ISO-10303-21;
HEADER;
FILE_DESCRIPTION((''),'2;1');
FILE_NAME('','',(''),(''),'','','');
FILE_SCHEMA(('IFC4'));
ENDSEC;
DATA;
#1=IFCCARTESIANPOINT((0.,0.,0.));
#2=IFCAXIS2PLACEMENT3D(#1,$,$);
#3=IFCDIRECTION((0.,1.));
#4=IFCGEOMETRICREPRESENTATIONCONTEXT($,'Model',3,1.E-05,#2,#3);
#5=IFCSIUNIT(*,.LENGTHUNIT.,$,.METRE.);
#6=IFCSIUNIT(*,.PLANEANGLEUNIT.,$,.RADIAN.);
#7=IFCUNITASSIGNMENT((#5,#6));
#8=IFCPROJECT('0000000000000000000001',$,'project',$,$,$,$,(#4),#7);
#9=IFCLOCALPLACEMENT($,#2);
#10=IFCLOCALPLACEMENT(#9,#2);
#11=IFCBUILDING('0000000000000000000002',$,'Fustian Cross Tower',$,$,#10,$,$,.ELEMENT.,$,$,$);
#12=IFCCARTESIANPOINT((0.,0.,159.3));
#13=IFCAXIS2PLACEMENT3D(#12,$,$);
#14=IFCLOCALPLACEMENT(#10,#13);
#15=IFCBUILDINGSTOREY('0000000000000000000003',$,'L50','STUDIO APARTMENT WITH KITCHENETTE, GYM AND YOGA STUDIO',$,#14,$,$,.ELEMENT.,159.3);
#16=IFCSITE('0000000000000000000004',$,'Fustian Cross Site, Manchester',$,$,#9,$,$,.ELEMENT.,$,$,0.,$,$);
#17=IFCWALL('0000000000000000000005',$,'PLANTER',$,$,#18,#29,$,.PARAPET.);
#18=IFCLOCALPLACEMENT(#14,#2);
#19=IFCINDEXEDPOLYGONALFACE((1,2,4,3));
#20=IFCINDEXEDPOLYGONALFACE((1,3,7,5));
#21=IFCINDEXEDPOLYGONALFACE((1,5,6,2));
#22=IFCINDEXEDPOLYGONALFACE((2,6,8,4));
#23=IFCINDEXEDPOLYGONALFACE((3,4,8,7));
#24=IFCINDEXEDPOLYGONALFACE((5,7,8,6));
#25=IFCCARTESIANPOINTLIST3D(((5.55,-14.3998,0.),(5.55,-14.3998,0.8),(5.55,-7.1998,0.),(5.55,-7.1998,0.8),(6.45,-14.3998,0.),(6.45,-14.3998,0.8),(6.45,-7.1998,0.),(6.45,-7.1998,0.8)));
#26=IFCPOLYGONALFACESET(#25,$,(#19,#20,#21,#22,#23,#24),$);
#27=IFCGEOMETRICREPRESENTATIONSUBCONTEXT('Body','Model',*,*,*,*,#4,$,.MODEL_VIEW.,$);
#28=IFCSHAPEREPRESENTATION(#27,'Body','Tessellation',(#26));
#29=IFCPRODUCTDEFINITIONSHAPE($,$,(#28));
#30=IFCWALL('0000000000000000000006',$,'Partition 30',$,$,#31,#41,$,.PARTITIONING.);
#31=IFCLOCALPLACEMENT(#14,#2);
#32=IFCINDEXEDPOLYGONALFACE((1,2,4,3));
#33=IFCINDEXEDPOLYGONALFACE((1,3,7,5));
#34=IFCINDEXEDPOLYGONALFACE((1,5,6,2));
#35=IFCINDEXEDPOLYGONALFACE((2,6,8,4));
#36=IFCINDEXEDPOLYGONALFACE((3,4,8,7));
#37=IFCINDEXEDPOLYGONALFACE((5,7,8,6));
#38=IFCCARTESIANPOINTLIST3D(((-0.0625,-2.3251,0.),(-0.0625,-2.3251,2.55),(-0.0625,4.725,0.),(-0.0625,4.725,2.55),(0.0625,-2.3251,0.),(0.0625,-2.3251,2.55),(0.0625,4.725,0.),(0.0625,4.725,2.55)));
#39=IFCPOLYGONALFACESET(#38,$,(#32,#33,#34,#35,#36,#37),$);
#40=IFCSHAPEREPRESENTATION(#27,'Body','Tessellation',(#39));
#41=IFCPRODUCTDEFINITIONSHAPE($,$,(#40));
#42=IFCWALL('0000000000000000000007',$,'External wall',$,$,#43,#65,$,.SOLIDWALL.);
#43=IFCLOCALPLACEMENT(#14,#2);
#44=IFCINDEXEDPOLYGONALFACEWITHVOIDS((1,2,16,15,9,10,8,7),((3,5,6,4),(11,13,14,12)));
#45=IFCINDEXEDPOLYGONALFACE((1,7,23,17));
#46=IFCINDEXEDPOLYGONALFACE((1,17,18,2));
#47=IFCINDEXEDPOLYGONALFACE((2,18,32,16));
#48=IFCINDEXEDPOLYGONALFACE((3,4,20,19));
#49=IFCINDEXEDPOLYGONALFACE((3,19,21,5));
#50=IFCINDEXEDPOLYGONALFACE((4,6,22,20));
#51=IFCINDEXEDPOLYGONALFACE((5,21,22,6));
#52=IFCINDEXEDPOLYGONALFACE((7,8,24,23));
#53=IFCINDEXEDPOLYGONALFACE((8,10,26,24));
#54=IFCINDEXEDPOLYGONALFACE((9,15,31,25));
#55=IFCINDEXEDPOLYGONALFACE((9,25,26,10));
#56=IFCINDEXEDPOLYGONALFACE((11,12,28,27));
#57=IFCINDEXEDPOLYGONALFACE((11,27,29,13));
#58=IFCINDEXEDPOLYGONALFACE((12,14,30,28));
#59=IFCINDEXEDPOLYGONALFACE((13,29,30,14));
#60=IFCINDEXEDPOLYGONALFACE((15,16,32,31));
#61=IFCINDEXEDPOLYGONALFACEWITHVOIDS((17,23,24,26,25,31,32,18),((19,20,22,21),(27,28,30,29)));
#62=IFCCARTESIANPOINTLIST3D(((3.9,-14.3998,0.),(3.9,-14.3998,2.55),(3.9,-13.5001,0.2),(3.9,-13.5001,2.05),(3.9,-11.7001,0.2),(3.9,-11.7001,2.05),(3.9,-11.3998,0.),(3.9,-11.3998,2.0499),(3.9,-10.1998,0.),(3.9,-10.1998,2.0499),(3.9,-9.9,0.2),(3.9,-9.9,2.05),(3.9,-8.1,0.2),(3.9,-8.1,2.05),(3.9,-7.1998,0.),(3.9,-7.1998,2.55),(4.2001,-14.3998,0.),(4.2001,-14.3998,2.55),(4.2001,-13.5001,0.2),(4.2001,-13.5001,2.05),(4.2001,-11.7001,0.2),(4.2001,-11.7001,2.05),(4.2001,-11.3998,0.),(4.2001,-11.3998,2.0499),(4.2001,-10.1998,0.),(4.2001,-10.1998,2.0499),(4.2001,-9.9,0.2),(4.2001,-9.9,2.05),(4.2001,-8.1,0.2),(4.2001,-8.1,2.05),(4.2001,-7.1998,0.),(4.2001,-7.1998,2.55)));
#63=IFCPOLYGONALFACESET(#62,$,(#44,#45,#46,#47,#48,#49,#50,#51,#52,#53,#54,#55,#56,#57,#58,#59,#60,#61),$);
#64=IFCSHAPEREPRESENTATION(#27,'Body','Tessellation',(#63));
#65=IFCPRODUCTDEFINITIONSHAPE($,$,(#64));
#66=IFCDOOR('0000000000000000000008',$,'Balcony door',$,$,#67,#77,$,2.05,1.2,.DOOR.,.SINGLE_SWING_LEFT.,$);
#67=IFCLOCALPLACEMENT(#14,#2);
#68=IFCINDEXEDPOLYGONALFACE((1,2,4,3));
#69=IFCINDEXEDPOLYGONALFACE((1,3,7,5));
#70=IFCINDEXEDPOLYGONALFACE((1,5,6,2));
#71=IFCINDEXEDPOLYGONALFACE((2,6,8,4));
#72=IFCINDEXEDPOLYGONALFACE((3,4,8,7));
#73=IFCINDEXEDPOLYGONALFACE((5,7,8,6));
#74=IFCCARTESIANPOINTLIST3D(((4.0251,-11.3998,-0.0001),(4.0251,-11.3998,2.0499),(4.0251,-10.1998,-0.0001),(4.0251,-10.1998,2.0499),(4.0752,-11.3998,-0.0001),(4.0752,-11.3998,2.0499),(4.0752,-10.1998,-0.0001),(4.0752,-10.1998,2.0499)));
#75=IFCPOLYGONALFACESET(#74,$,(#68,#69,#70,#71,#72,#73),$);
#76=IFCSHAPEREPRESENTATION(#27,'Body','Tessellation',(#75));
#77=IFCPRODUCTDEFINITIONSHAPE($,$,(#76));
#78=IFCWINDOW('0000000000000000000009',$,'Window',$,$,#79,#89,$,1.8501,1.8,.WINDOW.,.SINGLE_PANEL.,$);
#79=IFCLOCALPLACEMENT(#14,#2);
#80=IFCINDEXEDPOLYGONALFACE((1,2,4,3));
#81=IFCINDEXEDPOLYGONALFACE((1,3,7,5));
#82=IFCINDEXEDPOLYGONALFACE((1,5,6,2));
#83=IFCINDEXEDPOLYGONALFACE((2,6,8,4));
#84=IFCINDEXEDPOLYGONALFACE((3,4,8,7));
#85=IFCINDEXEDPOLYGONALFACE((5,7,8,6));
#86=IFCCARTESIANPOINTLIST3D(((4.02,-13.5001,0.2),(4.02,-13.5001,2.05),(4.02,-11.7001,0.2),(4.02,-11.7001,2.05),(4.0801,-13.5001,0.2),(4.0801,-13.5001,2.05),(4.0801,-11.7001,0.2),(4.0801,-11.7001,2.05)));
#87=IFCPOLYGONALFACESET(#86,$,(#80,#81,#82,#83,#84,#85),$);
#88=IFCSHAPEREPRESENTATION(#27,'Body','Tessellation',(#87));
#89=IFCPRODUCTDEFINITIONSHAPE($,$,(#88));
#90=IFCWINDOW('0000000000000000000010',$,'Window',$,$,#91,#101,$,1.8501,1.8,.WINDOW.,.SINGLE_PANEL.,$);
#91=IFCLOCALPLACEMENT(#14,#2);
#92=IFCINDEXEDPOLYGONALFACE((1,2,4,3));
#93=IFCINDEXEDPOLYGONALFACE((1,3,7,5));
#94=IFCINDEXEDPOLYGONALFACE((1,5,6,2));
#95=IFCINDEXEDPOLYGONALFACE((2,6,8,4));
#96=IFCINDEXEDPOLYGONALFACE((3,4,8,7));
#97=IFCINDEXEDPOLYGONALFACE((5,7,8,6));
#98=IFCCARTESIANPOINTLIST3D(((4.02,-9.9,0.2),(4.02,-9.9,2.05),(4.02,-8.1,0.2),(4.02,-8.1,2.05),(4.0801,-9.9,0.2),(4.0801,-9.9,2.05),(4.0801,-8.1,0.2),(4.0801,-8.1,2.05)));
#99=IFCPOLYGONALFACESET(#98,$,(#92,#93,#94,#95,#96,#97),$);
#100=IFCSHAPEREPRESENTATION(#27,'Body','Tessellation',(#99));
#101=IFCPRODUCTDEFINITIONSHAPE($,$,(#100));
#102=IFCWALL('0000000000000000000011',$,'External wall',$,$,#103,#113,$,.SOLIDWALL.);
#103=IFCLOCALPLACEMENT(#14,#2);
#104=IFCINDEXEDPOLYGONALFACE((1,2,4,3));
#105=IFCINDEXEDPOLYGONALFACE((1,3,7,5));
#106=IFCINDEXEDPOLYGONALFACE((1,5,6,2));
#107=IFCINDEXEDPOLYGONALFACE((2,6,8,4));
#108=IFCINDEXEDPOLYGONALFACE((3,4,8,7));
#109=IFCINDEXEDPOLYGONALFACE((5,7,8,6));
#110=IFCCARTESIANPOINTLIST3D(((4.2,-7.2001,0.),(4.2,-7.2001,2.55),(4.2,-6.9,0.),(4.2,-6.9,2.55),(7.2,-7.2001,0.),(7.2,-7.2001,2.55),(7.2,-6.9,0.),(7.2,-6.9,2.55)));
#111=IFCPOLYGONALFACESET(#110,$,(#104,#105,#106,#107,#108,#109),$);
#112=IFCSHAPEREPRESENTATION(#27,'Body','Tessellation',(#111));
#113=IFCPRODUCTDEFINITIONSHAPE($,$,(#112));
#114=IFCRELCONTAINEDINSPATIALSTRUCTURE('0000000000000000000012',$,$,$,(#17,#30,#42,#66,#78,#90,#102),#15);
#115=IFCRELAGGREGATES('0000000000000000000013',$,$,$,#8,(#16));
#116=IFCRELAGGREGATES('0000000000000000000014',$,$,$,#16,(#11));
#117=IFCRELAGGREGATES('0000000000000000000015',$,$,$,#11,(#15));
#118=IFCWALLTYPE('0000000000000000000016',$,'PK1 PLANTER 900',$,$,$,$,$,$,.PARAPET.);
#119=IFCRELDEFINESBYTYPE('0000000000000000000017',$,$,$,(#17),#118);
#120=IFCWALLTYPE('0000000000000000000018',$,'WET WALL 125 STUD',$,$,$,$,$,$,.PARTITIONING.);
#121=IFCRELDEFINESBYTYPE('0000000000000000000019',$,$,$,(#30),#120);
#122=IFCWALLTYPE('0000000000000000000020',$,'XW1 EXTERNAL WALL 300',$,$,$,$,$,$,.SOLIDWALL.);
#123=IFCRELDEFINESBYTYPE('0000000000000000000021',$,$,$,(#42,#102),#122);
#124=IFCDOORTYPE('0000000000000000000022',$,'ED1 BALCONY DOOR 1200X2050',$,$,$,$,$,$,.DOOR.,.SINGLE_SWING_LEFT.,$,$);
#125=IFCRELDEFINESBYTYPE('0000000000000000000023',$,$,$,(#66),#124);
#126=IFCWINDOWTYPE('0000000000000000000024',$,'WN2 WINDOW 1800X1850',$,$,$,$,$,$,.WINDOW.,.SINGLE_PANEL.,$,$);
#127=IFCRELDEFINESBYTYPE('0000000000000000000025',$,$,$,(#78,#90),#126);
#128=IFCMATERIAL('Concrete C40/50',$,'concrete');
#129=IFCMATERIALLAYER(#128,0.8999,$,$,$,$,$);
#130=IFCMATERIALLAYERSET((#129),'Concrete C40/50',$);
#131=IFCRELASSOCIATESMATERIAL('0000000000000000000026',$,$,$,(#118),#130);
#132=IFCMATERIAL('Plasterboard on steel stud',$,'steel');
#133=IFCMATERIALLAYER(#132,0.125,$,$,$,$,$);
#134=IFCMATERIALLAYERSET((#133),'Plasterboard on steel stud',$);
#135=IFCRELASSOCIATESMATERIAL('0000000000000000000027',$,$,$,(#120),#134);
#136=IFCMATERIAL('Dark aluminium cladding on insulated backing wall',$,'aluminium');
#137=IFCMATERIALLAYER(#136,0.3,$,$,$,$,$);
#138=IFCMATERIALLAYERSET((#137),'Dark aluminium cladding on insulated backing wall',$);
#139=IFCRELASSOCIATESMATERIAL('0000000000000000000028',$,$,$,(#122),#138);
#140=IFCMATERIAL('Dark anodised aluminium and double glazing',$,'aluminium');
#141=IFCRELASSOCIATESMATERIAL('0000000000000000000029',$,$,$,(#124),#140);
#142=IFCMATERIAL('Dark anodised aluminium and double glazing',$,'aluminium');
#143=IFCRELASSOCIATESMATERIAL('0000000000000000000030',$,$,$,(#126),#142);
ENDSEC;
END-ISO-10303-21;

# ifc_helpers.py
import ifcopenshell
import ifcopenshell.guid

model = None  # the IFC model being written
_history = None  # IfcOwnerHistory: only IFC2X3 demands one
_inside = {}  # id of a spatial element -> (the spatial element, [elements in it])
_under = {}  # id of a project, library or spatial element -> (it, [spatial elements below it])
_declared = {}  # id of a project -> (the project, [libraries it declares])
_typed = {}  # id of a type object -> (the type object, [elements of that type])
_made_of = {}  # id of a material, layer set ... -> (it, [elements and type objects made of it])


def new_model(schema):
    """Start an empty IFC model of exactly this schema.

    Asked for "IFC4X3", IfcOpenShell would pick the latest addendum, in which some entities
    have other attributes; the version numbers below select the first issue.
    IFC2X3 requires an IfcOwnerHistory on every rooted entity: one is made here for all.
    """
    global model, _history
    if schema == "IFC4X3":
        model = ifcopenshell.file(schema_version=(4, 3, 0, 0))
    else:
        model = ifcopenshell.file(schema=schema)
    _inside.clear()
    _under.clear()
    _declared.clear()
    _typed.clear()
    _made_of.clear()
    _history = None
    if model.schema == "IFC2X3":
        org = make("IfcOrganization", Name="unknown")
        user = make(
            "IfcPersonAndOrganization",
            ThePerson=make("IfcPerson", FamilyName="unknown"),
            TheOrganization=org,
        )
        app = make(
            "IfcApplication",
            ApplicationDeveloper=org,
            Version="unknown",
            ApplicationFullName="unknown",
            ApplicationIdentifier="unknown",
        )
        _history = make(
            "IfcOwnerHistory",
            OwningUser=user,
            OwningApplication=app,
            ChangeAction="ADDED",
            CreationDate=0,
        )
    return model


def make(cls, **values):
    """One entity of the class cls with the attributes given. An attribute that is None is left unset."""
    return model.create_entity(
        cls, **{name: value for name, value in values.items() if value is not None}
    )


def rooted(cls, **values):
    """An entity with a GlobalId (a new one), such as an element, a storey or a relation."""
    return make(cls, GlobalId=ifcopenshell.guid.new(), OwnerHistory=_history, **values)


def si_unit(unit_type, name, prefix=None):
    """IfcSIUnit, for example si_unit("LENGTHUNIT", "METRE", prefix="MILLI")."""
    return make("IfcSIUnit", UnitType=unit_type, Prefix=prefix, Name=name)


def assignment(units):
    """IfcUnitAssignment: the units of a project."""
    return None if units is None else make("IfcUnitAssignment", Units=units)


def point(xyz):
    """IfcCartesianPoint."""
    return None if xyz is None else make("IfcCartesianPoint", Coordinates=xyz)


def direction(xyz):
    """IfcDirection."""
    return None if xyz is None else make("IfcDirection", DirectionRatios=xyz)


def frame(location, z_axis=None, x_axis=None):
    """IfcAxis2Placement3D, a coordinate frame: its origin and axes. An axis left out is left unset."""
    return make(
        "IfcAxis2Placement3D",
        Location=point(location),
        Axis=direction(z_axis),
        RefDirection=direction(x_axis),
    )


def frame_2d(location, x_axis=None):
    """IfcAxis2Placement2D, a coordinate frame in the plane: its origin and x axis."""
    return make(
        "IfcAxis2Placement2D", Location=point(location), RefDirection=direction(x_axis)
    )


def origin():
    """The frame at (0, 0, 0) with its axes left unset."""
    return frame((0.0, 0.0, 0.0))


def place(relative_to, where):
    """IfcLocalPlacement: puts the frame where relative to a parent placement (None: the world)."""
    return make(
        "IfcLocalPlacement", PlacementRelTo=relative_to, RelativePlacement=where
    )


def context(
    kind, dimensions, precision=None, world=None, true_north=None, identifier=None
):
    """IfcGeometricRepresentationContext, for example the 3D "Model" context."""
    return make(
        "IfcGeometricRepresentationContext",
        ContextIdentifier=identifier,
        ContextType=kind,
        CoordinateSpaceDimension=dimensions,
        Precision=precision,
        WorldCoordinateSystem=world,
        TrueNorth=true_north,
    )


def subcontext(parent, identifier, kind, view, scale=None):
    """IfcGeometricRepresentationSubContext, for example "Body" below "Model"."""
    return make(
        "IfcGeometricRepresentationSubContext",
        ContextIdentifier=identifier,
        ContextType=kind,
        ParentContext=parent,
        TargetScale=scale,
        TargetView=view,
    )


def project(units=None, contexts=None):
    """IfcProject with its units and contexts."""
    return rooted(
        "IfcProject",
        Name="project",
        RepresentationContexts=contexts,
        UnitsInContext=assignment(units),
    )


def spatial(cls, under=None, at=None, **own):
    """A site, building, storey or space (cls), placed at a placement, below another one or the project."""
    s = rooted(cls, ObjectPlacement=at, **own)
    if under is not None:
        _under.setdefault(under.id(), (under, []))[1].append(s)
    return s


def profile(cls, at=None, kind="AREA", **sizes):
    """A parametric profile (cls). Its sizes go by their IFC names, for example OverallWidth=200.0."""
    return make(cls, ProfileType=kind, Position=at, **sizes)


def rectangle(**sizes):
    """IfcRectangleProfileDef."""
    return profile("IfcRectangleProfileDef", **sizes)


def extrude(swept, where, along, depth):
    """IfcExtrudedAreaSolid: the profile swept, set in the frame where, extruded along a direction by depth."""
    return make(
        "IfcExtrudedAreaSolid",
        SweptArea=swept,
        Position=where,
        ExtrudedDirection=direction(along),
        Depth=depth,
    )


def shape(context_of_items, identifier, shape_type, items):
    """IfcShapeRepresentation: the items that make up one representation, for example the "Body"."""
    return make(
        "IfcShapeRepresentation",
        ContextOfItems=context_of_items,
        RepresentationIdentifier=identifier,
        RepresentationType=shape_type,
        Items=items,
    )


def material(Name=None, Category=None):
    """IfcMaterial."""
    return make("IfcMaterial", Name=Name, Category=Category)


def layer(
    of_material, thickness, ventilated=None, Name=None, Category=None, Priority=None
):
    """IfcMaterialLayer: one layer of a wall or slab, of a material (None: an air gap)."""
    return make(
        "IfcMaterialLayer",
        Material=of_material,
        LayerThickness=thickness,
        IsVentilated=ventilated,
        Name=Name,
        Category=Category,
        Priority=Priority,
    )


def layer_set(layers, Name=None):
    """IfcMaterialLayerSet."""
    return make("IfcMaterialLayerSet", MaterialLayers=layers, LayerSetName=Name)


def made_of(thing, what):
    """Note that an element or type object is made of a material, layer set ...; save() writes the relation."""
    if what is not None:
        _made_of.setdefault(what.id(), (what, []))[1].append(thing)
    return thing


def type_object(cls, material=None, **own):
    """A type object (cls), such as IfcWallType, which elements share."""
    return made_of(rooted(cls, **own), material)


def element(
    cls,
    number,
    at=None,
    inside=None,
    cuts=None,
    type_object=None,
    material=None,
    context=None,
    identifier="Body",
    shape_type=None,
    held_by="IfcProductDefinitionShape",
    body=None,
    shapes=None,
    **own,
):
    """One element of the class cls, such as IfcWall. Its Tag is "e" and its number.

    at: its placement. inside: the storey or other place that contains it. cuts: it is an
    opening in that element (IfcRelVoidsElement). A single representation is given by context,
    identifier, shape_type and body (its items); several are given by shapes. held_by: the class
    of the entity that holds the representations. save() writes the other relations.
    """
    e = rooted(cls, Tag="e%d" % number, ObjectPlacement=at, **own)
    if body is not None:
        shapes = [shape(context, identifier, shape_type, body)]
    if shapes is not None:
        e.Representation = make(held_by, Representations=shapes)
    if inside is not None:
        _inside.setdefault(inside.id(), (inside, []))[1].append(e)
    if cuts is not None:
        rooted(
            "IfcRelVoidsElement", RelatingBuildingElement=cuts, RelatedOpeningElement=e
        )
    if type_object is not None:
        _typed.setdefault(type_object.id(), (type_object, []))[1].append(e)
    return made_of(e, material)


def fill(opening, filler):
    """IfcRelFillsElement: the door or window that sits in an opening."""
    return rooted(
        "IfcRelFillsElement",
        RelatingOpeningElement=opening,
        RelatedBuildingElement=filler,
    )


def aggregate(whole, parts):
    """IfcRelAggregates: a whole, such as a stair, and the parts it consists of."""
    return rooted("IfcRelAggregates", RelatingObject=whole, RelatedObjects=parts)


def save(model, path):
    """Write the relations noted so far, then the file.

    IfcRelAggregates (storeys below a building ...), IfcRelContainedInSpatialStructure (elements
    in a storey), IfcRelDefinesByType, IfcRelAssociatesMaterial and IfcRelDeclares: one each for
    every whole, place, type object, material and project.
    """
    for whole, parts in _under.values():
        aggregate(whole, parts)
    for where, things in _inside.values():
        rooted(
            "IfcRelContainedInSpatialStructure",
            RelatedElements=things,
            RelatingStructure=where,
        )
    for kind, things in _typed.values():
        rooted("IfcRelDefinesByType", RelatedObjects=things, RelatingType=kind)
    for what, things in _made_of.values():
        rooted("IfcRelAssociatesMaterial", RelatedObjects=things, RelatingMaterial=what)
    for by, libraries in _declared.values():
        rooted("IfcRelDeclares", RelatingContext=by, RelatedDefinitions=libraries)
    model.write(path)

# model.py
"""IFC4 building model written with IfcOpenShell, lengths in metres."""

from ifc_helpers import new_model, si_unit, direction, frame, frame_2d, origin, place, context, subcontext, project, spatial, rectangle, extrude, material, layer, layer_set, type_object, element, fill, save


model = new_model("IFC4")

# Units and contexts
model_context = context("Model", 3, precision=1e-05, world=origin(), true_north=direction((0.0, 1.0)))
body_context = subcontext(model_context, "Body", "Model", "MODEL_VIEW")
ifc_project = project(units=[si_unit("LENGTHUNIT", "METRE"), si_unit("PLANEANGLEUNIT", "RADIAN")], contexts=[model_context])

# Site, building, storey
site_placement = place(None, origin())
site = spatial("IfcSite", under=ifc_project, at=site_placement, Name="Fustian Cross Site, Manchester", CompositionType="ELEMENT", RefElevation=0.0)
building_placement = place(site_placement, origin())
building = spatial("IfcBuilding", under=site, at=building_placement, Name="Fustian Cross Tower", CompositionType="ELEMENT")
storey_placement = place(building_placement, frame((0.0, 0.0, 159.3)))
storey = spatial("IfcBuildingStorey", under=building, at=storey_placement, Name="L50", Description="STUDIO APARTMENT WITH KITCHENETTE, GYM AND YOGA STUDIO", CompositionType="ELEMENT", Elevation=159.3)

# Walls
ifc_material_1 = material(Name="Concrete C40/50", Category="concrete")
ifc_layer_1 = layer(ifc_material_1, 0.8999)
ifc_layer_set_1 = layer_set([ifc_layer_1], Name="Concrete C40/50")
wall_type_1 = type_object("IfcWallType", Name="PK1 PLANTER 900", PredefinedType="PARAPET", material=ifc_layer_set_1)
wall_1_placement = place(storey_placement, frame((6.0, -14.3999, 0.0), z_axis=(0.0, 0.0, 1.0), x_axis=(0.0, 1.0, 0.0)))
element("IfcWall", 1, at=wall_1_placement, inside=storey, type_object=wall_type_1, Name="PLANTER", PredefinedType="PARAPET", context=body_context, shape_type="SweptSolid", body=[
    extrude(rectangle(XDim=7.2, YDim=0.8999, at=frame_2d((3.6001, 0.0))), origin(), (0.0, 0.0, 1.0), 0.8),
])
ifc_material_2 = material(Name="Plasterboard on steel stud", Category="steel")
ifc_layer_2 = layer(ifc_material_2, 0.125)
ifc_layer_set_2 = layer_set([ifc_layer_2], Name="Plasterboard on steel stud")
wall_type_2 = type_object("IfcWallType", Name="WET WALL 125 STUD", PredefinedType="PARTITIONING", material=ifc_layer_set_2)
wall_2_placement = place(storey_placement, frame((0.0, -2.325, 0.0), z_axis=(0.0, 0.0, 1.0), x_axis=(0.0, 1.0, 0.0)))
element("IfcWall", 2, at=wall_2_placement, inside=storey, type_object=wall_type_2, Name="Partition 30", PredefinedType="PARTITIONING", context=body_context, shape_type="SweptSolid", body=[
    extrude(rectangle(XDim=7.05, YDim=0.125, at=frame_2d((3.5249, 0.0))), origin(), (0.0, 0.0, 1.0), 2.55),
])

# Wall, openings, door, windows
ifc_material_3 = material(Name="Dark aluminium cladding on insulated backing wall", Category="aluminium")
ifc_layer_3 = layer(ifc_material_3, 0.3)
ifc_layer_set_3 = layer_set([ifc_layer_3], Name="Dark aluminium cladding on insulated backing wall")
wall_type_3 = type_object("IfcWallType", Name="XW1 EXTERNAL WALL 300", PredefinedType="SOLIDWALL", material=ifc_layer_set_3)
wall_3_placement = place(storey_placement, frame((4.05, -14.3999, 0.0), z_axis=(0.0, 0.0, 1.0), x_axis=(0.0, 1.0, 0.0)))
wall_3 = element("IfcWall", 3, at=wall_3_placement, inside=storey, type_object=wall_type_3, Name="External wall", PredefinedType="SOLIDWALL", context=body_context, shape_type="SweptSolid", body=[
    extrude(rectangle(XDim=7.2, YDim=0.3, at=frame_2d((3.6001, 0.0))), origin(), (0.0, 0.0, 1.0), 2.55),
])
opening_1_placement = place(wall_3_placement, frame((3.0, 0.0, 0.0)))
opening_1 = element("IfcOpeningElement", 4, at=opening_1_placement, cuts=wall_3, PredefinedType="OPENING", context=body_context, shape_type="SweptSolid", body=[
    extrude(rectangle(XDim=1.2, YDim=2.05, at=frame_2d((0.6001, 1.0249))), frame((0.0, 0.1599, 0.0), z_axis=(0.0, -1.0, 0.0), x_axis=(1.0, 0.0, 0.0)), (0.0, 0.0, 1.0), 0.3201),
])
opening_2_placement = place(wall_3_placement, frame((0.8999, 0.0, 0.2)))
opening_2 = element("IfcOpeningElement", 5, at=opening_2_placement, cuts=wall_3, PredefinedType="OPENING", context=body_context, shape_type="SweptSolid", body=[
    extrude(rectangle(XDim=1.8, YDim=1.8501, at=frame_2d((0.8999, 0.925))), frame((0.0, 0.1599, 0.0), z_axis=(0.0, -1.0, 0.0), x_axis=(1.0, 0.0, 0.0)), (0.0, 0.0, 1.0), 0.3201),
])
opening_3_placement = place(wall_3_placement, frame((4.5, 0.0, 0.2)))
opening_3 = element("IfcOpeningElement", 6, at=opening_3_placement, cuts=wall_3, PredefinedType="OPENING", context=body_context, shape_type="SweptSolid", body=[
    extrude(rectangle(XDim=1.8, YDim=1.8501, at=frame_2d((0.8999, 0.925))), frame((0.0, 0.1599, 0.0), z_axis=(0.0, -1.0, 0.0), x_axis=(1.0, 0.0, 0.0)), (0.0, 0.0, 1.0), 0.3201),
])
ifc_material_4 = material(Name="Dark anodised aluminium and double glazing", Category="aluminium")
door_type_1 = type_object("IfcDoorType", Name="ED1 BALCONY DOOR 1200X2050", OperationType="SINGLE_SWING_LEFT", PredefinedType="DOOR", material=ifc_material_4)
door_1_placement = place(opening_1_placement, origin())
door_1 = element("IfcDoor", 7, at=door_1_placement, inside=storey, type_object=door_type_1, Name="Balcony door", OperationType="SINGLE_SWING_LEFT", OverallHeight=2.05, OverallWidth=1.2, PredefinedType="DOOR", context=body_context, shape_type="SweptSolid", body=[
    extrude(rectangle(XDim=1.2, YDim=2.05, at=frame_2d((0.6001, 1.0249))), frame((0.0, 0.0249, 0.0), z_axis=(0.0, -1.0, 0.0), x_axis=(1.0, 0.0, 0.0)), (0.0, 0.0, 1.0), 0.05),
])
fill(opening_1, door_1)
ifc_material_5 = material(Name="Dark anodised aluminium and double glazing", Category="aluminium")
window_type = type_object("IfcWindowType", Name="WN2 WINDOW 1800X1850", PartitioningType="SINGLE_PANEL", PredefinedType="WINDOW", material=ifc_material_5)
window_1_placement = place(opening_2_placement, origin())
window_1 = element("IfcWindow", 8, at=window_1_placement, inside=storey, type_object=window_type, Name="Window", OverallHeight=1.8501, OverallWidth=1.8, PartitioningType="SINGLE_PANEL", PredefinedType="WINDOW", context=body_context, shape_type="SweptSolid", body=[
    extrude(rectangle(XDim=1.8, YDim=1.8501, at=frame_2d((0.8999, 0.925))), frame((0.0, 0.03, 0.0), z_axis=(0.0, -1.0, 0.0), x_axis=(1.0, 0.0, 0.0)), (0.0, 0.0, 1.0), 0.0601),
])
fill(opening_2, window_1)
window_2_placement = place(opening_3_placement, origin())
window_2 = element("IfcWindow", 9, at=window_2_placement, inside=storey, type_object=window_type, Name="Window", OverallHeight=1.8501, OverallWidth=1.8, PartitioningType="SINGLE_PANEL", PredefinedType="WINDOW", context=body_context, shape_type="SweptSolid", body=[
    extrude(rectangle(XDim=1.8, YDim=1.8501, at=frame_2d((0.8999, 0.925))), frame((0.0, 0.03, 0.0), z_axis=(0.0, -1.0, 0.0), x_axis=(1.0, 0.0, 0.0)), (0.0, 0.0, 1.0), 0.0601),
])
fill(opening_3, window_2)

# Wall
wall_4_placement = place(storey_placement, frame((4.2, -7.05, 0.0), z_axis=(0.0, 0.0, 1.0), x_axis=(1.0, 0.0, 0.0)))
element("IfcWall", 10, at=wall_4_placement, inside=storey, type_object=wall_type_3, Name="External wall", PredefinedType="SOLIDWALL", context=body_context, shape_type="SweptSolid", body=[
    extrude(rectangle(XDim=3.0, YDim=0.3, at=frame_2d((1.5, 0.0))), origin(), (0.0, 0.0, 1.0), 2.55),
])

save(model, "model.ifc")
